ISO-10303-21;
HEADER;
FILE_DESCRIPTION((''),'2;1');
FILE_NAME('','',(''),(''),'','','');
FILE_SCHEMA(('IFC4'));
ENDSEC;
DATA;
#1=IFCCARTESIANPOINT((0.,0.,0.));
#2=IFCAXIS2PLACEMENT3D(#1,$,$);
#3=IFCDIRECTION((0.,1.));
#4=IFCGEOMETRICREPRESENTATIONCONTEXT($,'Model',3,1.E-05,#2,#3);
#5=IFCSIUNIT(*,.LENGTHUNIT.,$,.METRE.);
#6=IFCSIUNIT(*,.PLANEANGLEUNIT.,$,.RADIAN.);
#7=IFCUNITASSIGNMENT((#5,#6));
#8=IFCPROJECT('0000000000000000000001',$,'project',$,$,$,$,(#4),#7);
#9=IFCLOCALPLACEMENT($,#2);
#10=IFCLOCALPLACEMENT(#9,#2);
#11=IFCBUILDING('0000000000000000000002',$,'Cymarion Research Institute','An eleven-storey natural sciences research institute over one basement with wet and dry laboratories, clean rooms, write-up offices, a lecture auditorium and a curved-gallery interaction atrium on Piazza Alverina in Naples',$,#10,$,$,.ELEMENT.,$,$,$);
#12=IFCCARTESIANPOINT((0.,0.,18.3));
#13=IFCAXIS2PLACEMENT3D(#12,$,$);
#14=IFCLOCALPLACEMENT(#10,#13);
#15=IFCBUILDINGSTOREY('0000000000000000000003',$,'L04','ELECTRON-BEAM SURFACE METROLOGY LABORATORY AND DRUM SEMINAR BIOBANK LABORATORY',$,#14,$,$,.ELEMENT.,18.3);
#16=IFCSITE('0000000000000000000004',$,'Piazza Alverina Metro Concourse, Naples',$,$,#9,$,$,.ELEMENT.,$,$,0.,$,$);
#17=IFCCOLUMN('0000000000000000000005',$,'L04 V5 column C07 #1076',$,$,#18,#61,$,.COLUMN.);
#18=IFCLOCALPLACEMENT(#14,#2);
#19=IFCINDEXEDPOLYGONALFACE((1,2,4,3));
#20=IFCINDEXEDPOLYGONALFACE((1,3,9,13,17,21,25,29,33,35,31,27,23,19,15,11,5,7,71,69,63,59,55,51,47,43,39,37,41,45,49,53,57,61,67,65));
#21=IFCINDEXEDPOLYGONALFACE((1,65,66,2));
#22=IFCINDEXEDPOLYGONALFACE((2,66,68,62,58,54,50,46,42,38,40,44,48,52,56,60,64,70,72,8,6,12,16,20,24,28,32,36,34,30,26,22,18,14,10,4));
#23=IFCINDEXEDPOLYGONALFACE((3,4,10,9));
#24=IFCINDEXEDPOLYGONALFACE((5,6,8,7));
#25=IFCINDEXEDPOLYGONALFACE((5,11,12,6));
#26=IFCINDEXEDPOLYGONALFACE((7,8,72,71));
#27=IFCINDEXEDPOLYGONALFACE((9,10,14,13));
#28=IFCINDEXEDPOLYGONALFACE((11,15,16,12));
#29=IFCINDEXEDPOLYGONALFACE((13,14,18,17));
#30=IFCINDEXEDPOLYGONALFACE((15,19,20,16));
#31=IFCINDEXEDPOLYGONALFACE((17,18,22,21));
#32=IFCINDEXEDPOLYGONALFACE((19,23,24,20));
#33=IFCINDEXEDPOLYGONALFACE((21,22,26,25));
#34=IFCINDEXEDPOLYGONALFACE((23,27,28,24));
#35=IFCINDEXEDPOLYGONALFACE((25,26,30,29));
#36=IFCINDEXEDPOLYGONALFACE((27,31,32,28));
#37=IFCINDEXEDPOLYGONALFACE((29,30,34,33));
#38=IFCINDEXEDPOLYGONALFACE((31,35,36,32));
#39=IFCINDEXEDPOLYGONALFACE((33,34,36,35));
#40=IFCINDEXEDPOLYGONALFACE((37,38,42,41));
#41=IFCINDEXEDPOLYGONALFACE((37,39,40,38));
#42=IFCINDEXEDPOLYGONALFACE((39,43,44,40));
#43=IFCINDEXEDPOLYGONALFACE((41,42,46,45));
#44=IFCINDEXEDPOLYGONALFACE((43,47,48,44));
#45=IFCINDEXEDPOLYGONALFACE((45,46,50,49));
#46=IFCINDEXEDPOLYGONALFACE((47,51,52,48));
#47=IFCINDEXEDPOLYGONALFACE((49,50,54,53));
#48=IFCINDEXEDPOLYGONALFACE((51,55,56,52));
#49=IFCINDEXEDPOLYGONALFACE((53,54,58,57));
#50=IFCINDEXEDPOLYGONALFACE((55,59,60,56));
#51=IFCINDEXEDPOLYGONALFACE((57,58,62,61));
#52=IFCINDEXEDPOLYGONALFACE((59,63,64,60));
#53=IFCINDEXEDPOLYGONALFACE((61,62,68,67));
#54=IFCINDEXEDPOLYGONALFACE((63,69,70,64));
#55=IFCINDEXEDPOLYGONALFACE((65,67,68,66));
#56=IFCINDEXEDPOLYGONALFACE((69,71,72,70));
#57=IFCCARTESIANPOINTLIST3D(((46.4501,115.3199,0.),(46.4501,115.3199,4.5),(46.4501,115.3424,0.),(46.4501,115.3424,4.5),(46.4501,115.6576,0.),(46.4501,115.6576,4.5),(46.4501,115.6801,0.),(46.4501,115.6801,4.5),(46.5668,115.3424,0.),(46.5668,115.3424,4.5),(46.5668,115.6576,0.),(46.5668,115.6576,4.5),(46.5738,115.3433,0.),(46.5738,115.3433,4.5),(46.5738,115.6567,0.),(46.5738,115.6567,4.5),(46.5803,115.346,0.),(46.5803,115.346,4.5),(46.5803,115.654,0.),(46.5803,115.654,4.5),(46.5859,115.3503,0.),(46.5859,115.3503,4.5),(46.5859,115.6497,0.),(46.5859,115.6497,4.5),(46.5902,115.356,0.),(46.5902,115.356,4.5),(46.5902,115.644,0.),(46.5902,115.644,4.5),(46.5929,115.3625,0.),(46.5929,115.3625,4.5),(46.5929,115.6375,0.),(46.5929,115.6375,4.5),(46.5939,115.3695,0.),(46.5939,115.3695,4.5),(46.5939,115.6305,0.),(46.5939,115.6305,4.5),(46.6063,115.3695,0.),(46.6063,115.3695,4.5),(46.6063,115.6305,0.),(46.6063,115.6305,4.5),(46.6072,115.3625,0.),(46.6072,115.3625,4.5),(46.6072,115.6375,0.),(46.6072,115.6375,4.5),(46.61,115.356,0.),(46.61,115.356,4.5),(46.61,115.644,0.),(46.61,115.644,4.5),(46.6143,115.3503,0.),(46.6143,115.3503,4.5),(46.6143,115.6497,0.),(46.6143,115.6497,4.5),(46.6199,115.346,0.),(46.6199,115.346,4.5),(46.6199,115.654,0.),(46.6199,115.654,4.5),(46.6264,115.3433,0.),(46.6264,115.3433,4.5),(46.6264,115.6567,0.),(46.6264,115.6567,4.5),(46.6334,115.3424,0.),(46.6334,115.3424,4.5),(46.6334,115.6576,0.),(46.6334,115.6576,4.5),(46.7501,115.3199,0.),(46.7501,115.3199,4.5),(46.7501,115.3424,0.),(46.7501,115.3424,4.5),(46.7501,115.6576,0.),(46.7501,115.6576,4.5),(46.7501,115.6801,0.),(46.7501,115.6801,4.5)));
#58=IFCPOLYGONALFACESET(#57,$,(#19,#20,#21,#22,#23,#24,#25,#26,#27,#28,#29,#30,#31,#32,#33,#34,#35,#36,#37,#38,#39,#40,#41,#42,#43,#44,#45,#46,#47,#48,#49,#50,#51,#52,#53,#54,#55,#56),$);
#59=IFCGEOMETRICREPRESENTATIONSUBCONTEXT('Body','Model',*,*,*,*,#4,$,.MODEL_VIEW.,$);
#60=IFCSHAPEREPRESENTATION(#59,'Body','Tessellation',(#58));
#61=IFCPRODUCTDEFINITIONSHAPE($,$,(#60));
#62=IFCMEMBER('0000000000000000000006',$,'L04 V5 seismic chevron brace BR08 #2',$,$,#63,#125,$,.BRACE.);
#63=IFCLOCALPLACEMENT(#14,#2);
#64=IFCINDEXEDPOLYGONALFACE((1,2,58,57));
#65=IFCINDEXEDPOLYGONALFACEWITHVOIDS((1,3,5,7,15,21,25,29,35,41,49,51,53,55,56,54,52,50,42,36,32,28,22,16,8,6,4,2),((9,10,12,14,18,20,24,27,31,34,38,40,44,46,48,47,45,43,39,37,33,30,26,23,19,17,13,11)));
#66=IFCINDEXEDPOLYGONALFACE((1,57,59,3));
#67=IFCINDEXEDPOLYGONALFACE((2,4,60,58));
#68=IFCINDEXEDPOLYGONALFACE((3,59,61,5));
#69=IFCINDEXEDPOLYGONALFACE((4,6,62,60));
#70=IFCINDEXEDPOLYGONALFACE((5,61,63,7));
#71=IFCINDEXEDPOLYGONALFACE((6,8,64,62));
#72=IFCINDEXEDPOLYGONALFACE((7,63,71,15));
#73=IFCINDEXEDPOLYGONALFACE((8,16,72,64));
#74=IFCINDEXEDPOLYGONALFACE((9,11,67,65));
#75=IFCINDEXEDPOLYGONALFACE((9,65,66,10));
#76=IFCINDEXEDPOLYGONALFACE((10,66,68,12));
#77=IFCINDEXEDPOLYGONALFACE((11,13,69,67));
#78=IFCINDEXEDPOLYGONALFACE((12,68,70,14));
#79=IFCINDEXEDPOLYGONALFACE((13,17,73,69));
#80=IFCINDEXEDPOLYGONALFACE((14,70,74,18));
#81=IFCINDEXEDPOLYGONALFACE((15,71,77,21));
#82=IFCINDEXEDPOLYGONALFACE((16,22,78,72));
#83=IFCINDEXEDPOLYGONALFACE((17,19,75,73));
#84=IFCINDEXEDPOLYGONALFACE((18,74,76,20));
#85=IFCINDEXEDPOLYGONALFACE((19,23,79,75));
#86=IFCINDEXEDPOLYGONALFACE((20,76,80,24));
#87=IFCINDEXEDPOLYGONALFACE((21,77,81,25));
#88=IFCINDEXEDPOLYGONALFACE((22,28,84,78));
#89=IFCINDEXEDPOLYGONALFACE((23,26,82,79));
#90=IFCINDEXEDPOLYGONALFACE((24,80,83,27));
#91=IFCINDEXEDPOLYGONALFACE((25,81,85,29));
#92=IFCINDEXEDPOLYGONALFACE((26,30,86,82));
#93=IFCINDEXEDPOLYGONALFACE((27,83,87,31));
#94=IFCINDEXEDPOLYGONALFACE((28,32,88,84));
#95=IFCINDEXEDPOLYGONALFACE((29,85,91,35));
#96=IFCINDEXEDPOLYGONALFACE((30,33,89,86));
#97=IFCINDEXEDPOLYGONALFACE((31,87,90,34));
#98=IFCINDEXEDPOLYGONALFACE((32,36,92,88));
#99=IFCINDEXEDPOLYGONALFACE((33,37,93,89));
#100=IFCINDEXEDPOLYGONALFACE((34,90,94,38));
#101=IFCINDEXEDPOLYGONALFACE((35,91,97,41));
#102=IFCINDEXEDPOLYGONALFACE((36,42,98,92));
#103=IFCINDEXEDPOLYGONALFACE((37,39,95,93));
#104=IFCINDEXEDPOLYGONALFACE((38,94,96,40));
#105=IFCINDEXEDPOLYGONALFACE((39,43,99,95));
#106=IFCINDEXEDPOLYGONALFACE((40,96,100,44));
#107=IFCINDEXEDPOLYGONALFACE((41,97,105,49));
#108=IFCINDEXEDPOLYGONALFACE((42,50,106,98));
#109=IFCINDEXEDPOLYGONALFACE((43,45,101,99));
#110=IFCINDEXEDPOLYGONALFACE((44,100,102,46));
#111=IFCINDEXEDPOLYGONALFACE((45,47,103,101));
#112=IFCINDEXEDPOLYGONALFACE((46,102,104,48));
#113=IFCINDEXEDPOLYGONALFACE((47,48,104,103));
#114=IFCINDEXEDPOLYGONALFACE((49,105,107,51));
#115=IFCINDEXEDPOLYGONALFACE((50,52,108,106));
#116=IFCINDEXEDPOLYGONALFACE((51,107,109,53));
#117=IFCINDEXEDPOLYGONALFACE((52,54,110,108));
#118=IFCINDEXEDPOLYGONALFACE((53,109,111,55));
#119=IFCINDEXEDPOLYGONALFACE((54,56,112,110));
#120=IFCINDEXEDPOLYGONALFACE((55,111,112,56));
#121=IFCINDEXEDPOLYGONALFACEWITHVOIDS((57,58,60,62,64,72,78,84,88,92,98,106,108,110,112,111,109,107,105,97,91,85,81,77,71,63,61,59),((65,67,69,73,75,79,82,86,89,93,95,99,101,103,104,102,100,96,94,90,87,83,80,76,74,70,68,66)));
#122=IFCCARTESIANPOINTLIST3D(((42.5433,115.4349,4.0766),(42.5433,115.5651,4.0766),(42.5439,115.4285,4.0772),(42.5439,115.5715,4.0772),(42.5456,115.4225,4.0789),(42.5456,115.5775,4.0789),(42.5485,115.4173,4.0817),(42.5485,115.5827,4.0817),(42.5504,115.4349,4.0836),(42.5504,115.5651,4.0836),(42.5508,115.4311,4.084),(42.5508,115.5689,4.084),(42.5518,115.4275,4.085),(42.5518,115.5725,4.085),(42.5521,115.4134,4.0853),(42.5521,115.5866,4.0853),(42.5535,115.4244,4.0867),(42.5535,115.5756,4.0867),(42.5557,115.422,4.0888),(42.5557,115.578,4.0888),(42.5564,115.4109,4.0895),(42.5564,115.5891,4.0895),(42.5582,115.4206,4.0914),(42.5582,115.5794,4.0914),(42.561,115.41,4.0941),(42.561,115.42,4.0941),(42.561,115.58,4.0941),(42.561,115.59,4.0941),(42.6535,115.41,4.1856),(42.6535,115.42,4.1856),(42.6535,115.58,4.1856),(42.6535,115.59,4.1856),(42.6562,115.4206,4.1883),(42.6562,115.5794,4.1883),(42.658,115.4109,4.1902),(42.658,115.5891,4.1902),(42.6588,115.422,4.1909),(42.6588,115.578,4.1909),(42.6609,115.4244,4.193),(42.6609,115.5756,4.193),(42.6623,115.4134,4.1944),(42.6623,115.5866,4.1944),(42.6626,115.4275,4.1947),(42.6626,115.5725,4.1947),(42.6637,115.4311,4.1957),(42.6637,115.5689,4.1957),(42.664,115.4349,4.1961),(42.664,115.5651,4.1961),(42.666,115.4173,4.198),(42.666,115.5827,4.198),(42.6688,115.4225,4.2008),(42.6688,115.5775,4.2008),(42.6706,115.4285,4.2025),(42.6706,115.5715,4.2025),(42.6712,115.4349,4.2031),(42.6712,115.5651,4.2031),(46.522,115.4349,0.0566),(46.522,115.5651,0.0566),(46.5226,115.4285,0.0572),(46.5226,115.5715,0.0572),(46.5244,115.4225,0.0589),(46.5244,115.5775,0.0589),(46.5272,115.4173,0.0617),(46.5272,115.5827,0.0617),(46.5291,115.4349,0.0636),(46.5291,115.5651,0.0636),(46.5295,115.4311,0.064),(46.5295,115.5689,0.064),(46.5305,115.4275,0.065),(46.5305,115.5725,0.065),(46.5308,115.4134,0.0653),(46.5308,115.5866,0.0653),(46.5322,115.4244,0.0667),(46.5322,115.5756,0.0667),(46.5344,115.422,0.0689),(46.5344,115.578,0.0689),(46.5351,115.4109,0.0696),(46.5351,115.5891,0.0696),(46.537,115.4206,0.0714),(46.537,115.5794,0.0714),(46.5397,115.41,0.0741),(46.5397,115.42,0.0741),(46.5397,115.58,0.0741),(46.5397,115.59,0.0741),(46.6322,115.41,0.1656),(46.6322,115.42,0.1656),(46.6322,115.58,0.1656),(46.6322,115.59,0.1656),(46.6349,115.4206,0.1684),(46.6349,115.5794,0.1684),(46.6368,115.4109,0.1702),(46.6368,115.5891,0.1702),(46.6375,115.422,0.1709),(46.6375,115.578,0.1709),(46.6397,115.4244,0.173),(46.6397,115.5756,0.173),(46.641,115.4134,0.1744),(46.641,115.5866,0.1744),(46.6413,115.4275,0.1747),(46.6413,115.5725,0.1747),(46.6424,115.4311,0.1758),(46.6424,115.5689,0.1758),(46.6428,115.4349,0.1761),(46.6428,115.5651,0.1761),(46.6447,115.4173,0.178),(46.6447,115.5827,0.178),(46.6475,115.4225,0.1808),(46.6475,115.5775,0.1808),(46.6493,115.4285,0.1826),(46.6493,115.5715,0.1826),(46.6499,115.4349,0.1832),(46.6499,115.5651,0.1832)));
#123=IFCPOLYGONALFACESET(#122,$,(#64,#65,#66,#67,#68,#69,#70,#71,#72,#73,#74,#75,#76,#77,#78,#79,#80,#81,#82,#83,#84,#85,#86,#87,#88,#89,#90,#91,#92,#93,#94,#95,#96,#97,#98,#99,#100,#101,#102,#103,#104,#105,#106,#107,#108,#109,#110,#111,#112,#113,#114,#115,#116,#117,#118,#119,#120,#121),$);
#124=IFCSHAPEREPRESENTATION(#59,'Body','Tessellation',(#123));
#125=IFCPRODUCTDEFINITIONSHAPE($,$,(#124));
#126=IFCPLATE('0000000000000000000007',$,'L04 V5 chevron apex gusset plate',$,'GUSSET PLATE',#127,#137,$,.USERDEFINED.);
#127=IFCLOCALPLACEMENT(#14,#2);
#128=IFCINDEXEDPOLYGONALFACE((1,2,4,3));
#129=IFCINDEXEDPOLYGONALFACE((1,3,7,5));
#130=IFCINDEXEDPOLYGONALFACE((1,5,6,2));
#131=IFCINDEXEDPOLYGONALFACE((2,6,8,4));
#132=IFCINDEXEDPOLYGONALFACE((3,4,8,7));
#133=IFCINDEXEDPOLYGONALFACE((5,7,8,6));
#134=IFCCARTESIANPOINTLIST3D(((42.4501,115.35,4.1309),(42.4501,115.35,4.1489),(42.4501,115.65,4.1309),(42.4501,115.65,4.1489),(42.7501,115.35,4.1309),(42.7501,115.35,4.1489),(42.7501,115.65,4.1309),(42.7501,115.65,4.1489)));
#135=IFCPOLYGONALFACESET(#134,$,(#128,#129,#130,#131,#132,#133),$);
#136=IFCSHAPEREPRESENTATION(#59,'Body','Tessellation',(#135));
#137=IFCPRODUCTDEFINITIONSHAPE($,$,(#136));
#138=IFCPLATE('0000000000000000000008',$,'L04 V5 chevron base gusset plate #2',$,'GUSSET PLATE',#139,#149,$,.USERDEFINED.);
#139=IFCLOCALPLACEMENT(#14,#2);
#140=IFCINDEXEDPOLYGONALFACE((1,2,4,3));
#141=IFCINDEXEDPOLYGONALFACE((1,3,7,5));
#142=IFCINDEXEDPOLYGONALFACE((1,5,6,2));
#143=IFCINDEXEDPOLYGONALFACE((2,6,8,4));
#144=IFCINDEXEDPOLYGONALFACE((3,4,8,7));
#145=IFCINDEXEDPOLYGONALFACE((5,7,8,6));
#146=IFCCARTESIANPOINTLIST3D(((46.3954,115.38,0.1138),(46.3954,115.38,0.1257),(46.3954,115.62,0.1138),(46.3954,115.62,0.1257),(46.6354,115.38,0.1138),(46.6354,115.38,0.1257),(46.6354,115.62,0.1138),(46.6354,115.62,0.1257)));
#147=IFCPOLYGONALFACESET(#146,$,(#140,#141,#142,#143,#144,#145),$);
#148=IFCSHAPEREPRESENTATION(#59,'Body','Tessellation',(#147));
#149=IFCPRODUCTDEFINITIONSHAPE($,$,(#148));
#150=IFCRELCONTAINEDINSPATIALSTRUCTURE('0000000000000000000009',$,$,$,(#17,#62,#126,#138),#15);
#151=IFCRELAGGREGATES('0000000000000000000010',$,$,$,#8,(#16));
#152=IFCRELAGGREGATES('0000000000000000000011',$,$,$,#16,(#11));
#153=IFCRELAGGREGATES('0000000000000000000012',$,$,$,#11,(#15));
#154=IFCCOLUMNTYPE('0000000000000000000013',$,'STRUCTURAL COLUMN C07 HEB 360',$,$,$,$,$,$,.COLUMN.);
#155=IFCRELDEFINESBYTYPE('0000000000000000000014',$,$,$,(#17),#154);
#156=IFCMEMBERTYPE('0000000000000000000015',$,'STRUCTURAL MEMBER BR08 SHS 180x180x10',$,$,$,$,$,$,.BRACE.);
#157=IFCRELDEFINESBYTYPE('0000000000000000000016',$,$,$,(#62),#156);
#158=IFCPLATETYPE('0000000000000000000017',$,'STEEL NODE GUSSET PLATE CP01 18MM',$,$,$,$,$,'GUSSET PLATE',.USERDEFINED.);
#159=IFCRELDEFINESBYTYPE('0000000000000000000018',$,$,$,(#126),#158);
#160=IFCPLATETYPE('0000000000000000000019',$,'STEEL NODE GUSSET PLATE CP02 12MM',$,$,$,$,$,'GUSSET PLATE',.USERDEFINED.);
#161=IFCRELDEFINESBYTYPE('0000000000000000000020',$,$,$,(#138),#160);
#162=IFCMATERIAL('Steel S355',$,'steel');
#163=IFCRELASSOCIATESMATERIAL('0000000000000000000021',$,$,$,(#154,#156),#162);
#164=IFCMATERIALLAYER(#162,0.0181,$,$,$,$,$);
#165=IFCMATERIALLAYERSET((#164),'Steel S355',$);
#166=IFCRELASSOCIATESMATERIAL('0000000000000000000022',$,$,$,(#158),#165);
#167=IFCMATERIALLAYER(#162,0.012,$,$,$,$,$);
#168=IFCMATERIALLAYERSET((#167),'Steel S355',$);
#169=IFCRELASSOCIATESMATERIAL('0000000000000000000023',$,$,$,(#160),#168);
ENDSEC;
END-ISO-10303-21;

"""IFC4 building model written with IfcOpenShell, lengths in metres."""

from ifc_helpers import new_model, si_unit, direction, frame, origin, origin_2d, place, context, subcontext, project, spatial, rectangle, hollow_rectangle, i_section, extrude, material, layer, layer_set, material_profile, profile_set, type_object, element, save


model = new_model("IFC4")

# Units and contexts
model_context = context("Model", 3, precision=1e-05, world=origin(), true_north=direction((0.0, 1.0)))
body_context = subcontext(model_context, "Body", "Model", "MODEL_VIEW")
ifc_project = project(units=[si_unit("LENGTHUNIT", "METRE"), si_unit("PLANEANGLEUNIT", "RADIAN")], contexts=[model_context])

# Site, building, storey
site_placement = place(None, origin())
site = spatial("IfcSite", under=ifc_project, at=site_placement, Name="Piazza Alverina Metro Concourse, Naples", CompositionType="ELEMENT", RefElevation=0.0)
building_placement = place(site_placement, origin())
building = spatial("IfcBuilding", under=site, at=building_placement, Name="Cymarion Research Institute", Description="An eleven-storey natural sciences research institute over one basement with wet and dry laboratories, clean rooms, write-up offices, a lecture auditorium and a curved-gallery interaction atrium on Piazza Alverina in Naples", CompositionType="ELEMENT")
storey_placement = place(building_placement, frame((0.0, 0.0, 18.3)))
storey = spatial("IfcBuildingStorey", under=building, at=storey_placement, Name="L04", Description="ELECTRON-BEAM SURFACE METROLOGY LABORATORY AND DRUM SEMINAR BIOBANK LABORATORY", CompositionType="ELEMENT", Elevation=18.3)

# Column
ifc_material_1 = material(Name="Steel S355", Category="steel")
ifc_material_profile_1 = material_profile(ifc_material_1, i_section(OverallWidth=0.3, OverallDepth=0.3601, WebThickness=0.0125, FlangeThickness=0.0225, FilletRadius=0.0271, at=origin_2d()), Name="HEB 360")
ifc_profile_set_1 = profile_set([ifc_material_profile_1], Name="Steel S355")
column_type = type_object("IfcColumnType", Name="STRUCTURAL COLUMN C07 HEB 360", PredefinedType="COLUMN", material=ifc_profile_set_1)
column_placement = place(storey_placement, frame((46.6001, 115.5, 0.0), z_axis=(0.0, 0.0, 1.0), x_axis=(1.0, 0.0, 0.0)))
element("IfcColumn", 1, at=column_placement, inside=storey, type_object=column_type, Name="L04 V5 column C07 #1076", PredefinedType="COLUMN", context=body_context, shape_type="SweptSolid", body=[
    extrude(i_section(OverallWidth=0.3, OverallDepth=0.3601, WebThickness=0.0125, FlangeThickness=0.0225, FilletRadius=0.0271, at=origin_2d()), origin(), (0.0, 0.0, 1.0), 4.5),
])

# Member
ifc_material_profile_2 = material_profile(ifc_material_1, hollow_rectangle(XDim=0.1799, YDim=0.1799, WallThickness=0.01, InnerFilletRadius=0.0149, OuterFilletRadius=0.0249, at=origin_2d()), Name="SHS 180x180x10")
ifc_profile_set_2 = profile_set([ifc_material_profile_2], Name="Steel S355")
member_type = type_object("IfcMemberType", Name="STRUCTURAL MEMBER BR08 SHS 180x180x10", PredefinedType="BRACE", material=ifc_profile_set_2)
member_placement = place(storey_placement, frame((46.5859, 115.5, 0.1199), z_axis=(-0.70345, 0.0, 0.710745), x_axis=(0.0, -1.0, 0.0)))
element("IfcMember", 2, at=member_placement, inside=storey, type_object=member_type, Name="L04 V5 seismic chevron brace BR08 #2", PredefinedType="BRACE", context=body_context, shape_type="SweptSolid", body=[
    extrude(hollow_rectangle(XDim=0.1799, YDim=0.1799, WallThickness=0.01, InnerFilletRadius=0.0149, OuterFilletRadius=0.0249, at=origin_2d()), origin(), (0.0, 0.0, 1.0), 5.656),
])

# Plates
ifc_layer_1 = layer(ifc_material_1, 0.0181)
ifc_layer_set_1 = layer_set([ifc_layer_1], Name="Steel S355")
plate_type_1 = type_object("IfcPlateType", Name="STEEL NODE GUSSET PLATE CP01 18MM", ElementType="GUSSET PLATE", PredefinedType="USERDEFINED", material=ifc_layer_set_1)
plate_1_placement = place(storey_placement, frame((42.6001, 115.5, 4.1309), z_axis=(0.0, 0.0, 1.0), x_axis=(1.0, 0.0, 0.0)))
element("IfcPlate", 3, at=plate_1_placement, inside=storey, type_object=plate_type_1, Name="L04 V5 chevron apex gusset plate", ObjectType="GUSSET PLATE", PredefinedType="USERDEFINED", context=body_context, shape_type="SweptSolid", body=[
    extrude(rectangle(XDim=0.3, YDim=0.3, at=origin_2d()), origin(), (0.0, 0.0, 1.0), 0.0181),
])
ifc_layer_2 = layer(ifc_material_1, 0.012)
ifc_layer_set_2 = layer_set([ifc_layer_2], Name="Steel S355")
plate_type_2 = type_object("IfcPlateType", Name="STEEL NODE GUSSET PLATE CP02 12MM", ElementType="GUSSET PLATE", PredefinedType="USERDEFINED", material=ifc_layer_set_2)
plate_2_placement = place(storey_placement, frame((46.5154, 115.5, 0.1138), z_axis=(0.0, 0.0, 1.0), x_axis=(1.0, 0.0, 0.0)))
element("IfcPlate", 4, at=plate_2_placement, inside=storey, type_object=plate_type_2, Name="L04 V5 chevron base gusset plate #2", ObjectType="GUSSET PLATE", PredefinedType="USERDEFINED", context=body_context, shape_type="SweptSolid", body=[
    extrude(rectangle(XDim=0.24, YDim=0.24, at=origin_2d()), origin(), (0.0, 0.0, 1.0), 0.012),
])

save(model, "model.ifc")
